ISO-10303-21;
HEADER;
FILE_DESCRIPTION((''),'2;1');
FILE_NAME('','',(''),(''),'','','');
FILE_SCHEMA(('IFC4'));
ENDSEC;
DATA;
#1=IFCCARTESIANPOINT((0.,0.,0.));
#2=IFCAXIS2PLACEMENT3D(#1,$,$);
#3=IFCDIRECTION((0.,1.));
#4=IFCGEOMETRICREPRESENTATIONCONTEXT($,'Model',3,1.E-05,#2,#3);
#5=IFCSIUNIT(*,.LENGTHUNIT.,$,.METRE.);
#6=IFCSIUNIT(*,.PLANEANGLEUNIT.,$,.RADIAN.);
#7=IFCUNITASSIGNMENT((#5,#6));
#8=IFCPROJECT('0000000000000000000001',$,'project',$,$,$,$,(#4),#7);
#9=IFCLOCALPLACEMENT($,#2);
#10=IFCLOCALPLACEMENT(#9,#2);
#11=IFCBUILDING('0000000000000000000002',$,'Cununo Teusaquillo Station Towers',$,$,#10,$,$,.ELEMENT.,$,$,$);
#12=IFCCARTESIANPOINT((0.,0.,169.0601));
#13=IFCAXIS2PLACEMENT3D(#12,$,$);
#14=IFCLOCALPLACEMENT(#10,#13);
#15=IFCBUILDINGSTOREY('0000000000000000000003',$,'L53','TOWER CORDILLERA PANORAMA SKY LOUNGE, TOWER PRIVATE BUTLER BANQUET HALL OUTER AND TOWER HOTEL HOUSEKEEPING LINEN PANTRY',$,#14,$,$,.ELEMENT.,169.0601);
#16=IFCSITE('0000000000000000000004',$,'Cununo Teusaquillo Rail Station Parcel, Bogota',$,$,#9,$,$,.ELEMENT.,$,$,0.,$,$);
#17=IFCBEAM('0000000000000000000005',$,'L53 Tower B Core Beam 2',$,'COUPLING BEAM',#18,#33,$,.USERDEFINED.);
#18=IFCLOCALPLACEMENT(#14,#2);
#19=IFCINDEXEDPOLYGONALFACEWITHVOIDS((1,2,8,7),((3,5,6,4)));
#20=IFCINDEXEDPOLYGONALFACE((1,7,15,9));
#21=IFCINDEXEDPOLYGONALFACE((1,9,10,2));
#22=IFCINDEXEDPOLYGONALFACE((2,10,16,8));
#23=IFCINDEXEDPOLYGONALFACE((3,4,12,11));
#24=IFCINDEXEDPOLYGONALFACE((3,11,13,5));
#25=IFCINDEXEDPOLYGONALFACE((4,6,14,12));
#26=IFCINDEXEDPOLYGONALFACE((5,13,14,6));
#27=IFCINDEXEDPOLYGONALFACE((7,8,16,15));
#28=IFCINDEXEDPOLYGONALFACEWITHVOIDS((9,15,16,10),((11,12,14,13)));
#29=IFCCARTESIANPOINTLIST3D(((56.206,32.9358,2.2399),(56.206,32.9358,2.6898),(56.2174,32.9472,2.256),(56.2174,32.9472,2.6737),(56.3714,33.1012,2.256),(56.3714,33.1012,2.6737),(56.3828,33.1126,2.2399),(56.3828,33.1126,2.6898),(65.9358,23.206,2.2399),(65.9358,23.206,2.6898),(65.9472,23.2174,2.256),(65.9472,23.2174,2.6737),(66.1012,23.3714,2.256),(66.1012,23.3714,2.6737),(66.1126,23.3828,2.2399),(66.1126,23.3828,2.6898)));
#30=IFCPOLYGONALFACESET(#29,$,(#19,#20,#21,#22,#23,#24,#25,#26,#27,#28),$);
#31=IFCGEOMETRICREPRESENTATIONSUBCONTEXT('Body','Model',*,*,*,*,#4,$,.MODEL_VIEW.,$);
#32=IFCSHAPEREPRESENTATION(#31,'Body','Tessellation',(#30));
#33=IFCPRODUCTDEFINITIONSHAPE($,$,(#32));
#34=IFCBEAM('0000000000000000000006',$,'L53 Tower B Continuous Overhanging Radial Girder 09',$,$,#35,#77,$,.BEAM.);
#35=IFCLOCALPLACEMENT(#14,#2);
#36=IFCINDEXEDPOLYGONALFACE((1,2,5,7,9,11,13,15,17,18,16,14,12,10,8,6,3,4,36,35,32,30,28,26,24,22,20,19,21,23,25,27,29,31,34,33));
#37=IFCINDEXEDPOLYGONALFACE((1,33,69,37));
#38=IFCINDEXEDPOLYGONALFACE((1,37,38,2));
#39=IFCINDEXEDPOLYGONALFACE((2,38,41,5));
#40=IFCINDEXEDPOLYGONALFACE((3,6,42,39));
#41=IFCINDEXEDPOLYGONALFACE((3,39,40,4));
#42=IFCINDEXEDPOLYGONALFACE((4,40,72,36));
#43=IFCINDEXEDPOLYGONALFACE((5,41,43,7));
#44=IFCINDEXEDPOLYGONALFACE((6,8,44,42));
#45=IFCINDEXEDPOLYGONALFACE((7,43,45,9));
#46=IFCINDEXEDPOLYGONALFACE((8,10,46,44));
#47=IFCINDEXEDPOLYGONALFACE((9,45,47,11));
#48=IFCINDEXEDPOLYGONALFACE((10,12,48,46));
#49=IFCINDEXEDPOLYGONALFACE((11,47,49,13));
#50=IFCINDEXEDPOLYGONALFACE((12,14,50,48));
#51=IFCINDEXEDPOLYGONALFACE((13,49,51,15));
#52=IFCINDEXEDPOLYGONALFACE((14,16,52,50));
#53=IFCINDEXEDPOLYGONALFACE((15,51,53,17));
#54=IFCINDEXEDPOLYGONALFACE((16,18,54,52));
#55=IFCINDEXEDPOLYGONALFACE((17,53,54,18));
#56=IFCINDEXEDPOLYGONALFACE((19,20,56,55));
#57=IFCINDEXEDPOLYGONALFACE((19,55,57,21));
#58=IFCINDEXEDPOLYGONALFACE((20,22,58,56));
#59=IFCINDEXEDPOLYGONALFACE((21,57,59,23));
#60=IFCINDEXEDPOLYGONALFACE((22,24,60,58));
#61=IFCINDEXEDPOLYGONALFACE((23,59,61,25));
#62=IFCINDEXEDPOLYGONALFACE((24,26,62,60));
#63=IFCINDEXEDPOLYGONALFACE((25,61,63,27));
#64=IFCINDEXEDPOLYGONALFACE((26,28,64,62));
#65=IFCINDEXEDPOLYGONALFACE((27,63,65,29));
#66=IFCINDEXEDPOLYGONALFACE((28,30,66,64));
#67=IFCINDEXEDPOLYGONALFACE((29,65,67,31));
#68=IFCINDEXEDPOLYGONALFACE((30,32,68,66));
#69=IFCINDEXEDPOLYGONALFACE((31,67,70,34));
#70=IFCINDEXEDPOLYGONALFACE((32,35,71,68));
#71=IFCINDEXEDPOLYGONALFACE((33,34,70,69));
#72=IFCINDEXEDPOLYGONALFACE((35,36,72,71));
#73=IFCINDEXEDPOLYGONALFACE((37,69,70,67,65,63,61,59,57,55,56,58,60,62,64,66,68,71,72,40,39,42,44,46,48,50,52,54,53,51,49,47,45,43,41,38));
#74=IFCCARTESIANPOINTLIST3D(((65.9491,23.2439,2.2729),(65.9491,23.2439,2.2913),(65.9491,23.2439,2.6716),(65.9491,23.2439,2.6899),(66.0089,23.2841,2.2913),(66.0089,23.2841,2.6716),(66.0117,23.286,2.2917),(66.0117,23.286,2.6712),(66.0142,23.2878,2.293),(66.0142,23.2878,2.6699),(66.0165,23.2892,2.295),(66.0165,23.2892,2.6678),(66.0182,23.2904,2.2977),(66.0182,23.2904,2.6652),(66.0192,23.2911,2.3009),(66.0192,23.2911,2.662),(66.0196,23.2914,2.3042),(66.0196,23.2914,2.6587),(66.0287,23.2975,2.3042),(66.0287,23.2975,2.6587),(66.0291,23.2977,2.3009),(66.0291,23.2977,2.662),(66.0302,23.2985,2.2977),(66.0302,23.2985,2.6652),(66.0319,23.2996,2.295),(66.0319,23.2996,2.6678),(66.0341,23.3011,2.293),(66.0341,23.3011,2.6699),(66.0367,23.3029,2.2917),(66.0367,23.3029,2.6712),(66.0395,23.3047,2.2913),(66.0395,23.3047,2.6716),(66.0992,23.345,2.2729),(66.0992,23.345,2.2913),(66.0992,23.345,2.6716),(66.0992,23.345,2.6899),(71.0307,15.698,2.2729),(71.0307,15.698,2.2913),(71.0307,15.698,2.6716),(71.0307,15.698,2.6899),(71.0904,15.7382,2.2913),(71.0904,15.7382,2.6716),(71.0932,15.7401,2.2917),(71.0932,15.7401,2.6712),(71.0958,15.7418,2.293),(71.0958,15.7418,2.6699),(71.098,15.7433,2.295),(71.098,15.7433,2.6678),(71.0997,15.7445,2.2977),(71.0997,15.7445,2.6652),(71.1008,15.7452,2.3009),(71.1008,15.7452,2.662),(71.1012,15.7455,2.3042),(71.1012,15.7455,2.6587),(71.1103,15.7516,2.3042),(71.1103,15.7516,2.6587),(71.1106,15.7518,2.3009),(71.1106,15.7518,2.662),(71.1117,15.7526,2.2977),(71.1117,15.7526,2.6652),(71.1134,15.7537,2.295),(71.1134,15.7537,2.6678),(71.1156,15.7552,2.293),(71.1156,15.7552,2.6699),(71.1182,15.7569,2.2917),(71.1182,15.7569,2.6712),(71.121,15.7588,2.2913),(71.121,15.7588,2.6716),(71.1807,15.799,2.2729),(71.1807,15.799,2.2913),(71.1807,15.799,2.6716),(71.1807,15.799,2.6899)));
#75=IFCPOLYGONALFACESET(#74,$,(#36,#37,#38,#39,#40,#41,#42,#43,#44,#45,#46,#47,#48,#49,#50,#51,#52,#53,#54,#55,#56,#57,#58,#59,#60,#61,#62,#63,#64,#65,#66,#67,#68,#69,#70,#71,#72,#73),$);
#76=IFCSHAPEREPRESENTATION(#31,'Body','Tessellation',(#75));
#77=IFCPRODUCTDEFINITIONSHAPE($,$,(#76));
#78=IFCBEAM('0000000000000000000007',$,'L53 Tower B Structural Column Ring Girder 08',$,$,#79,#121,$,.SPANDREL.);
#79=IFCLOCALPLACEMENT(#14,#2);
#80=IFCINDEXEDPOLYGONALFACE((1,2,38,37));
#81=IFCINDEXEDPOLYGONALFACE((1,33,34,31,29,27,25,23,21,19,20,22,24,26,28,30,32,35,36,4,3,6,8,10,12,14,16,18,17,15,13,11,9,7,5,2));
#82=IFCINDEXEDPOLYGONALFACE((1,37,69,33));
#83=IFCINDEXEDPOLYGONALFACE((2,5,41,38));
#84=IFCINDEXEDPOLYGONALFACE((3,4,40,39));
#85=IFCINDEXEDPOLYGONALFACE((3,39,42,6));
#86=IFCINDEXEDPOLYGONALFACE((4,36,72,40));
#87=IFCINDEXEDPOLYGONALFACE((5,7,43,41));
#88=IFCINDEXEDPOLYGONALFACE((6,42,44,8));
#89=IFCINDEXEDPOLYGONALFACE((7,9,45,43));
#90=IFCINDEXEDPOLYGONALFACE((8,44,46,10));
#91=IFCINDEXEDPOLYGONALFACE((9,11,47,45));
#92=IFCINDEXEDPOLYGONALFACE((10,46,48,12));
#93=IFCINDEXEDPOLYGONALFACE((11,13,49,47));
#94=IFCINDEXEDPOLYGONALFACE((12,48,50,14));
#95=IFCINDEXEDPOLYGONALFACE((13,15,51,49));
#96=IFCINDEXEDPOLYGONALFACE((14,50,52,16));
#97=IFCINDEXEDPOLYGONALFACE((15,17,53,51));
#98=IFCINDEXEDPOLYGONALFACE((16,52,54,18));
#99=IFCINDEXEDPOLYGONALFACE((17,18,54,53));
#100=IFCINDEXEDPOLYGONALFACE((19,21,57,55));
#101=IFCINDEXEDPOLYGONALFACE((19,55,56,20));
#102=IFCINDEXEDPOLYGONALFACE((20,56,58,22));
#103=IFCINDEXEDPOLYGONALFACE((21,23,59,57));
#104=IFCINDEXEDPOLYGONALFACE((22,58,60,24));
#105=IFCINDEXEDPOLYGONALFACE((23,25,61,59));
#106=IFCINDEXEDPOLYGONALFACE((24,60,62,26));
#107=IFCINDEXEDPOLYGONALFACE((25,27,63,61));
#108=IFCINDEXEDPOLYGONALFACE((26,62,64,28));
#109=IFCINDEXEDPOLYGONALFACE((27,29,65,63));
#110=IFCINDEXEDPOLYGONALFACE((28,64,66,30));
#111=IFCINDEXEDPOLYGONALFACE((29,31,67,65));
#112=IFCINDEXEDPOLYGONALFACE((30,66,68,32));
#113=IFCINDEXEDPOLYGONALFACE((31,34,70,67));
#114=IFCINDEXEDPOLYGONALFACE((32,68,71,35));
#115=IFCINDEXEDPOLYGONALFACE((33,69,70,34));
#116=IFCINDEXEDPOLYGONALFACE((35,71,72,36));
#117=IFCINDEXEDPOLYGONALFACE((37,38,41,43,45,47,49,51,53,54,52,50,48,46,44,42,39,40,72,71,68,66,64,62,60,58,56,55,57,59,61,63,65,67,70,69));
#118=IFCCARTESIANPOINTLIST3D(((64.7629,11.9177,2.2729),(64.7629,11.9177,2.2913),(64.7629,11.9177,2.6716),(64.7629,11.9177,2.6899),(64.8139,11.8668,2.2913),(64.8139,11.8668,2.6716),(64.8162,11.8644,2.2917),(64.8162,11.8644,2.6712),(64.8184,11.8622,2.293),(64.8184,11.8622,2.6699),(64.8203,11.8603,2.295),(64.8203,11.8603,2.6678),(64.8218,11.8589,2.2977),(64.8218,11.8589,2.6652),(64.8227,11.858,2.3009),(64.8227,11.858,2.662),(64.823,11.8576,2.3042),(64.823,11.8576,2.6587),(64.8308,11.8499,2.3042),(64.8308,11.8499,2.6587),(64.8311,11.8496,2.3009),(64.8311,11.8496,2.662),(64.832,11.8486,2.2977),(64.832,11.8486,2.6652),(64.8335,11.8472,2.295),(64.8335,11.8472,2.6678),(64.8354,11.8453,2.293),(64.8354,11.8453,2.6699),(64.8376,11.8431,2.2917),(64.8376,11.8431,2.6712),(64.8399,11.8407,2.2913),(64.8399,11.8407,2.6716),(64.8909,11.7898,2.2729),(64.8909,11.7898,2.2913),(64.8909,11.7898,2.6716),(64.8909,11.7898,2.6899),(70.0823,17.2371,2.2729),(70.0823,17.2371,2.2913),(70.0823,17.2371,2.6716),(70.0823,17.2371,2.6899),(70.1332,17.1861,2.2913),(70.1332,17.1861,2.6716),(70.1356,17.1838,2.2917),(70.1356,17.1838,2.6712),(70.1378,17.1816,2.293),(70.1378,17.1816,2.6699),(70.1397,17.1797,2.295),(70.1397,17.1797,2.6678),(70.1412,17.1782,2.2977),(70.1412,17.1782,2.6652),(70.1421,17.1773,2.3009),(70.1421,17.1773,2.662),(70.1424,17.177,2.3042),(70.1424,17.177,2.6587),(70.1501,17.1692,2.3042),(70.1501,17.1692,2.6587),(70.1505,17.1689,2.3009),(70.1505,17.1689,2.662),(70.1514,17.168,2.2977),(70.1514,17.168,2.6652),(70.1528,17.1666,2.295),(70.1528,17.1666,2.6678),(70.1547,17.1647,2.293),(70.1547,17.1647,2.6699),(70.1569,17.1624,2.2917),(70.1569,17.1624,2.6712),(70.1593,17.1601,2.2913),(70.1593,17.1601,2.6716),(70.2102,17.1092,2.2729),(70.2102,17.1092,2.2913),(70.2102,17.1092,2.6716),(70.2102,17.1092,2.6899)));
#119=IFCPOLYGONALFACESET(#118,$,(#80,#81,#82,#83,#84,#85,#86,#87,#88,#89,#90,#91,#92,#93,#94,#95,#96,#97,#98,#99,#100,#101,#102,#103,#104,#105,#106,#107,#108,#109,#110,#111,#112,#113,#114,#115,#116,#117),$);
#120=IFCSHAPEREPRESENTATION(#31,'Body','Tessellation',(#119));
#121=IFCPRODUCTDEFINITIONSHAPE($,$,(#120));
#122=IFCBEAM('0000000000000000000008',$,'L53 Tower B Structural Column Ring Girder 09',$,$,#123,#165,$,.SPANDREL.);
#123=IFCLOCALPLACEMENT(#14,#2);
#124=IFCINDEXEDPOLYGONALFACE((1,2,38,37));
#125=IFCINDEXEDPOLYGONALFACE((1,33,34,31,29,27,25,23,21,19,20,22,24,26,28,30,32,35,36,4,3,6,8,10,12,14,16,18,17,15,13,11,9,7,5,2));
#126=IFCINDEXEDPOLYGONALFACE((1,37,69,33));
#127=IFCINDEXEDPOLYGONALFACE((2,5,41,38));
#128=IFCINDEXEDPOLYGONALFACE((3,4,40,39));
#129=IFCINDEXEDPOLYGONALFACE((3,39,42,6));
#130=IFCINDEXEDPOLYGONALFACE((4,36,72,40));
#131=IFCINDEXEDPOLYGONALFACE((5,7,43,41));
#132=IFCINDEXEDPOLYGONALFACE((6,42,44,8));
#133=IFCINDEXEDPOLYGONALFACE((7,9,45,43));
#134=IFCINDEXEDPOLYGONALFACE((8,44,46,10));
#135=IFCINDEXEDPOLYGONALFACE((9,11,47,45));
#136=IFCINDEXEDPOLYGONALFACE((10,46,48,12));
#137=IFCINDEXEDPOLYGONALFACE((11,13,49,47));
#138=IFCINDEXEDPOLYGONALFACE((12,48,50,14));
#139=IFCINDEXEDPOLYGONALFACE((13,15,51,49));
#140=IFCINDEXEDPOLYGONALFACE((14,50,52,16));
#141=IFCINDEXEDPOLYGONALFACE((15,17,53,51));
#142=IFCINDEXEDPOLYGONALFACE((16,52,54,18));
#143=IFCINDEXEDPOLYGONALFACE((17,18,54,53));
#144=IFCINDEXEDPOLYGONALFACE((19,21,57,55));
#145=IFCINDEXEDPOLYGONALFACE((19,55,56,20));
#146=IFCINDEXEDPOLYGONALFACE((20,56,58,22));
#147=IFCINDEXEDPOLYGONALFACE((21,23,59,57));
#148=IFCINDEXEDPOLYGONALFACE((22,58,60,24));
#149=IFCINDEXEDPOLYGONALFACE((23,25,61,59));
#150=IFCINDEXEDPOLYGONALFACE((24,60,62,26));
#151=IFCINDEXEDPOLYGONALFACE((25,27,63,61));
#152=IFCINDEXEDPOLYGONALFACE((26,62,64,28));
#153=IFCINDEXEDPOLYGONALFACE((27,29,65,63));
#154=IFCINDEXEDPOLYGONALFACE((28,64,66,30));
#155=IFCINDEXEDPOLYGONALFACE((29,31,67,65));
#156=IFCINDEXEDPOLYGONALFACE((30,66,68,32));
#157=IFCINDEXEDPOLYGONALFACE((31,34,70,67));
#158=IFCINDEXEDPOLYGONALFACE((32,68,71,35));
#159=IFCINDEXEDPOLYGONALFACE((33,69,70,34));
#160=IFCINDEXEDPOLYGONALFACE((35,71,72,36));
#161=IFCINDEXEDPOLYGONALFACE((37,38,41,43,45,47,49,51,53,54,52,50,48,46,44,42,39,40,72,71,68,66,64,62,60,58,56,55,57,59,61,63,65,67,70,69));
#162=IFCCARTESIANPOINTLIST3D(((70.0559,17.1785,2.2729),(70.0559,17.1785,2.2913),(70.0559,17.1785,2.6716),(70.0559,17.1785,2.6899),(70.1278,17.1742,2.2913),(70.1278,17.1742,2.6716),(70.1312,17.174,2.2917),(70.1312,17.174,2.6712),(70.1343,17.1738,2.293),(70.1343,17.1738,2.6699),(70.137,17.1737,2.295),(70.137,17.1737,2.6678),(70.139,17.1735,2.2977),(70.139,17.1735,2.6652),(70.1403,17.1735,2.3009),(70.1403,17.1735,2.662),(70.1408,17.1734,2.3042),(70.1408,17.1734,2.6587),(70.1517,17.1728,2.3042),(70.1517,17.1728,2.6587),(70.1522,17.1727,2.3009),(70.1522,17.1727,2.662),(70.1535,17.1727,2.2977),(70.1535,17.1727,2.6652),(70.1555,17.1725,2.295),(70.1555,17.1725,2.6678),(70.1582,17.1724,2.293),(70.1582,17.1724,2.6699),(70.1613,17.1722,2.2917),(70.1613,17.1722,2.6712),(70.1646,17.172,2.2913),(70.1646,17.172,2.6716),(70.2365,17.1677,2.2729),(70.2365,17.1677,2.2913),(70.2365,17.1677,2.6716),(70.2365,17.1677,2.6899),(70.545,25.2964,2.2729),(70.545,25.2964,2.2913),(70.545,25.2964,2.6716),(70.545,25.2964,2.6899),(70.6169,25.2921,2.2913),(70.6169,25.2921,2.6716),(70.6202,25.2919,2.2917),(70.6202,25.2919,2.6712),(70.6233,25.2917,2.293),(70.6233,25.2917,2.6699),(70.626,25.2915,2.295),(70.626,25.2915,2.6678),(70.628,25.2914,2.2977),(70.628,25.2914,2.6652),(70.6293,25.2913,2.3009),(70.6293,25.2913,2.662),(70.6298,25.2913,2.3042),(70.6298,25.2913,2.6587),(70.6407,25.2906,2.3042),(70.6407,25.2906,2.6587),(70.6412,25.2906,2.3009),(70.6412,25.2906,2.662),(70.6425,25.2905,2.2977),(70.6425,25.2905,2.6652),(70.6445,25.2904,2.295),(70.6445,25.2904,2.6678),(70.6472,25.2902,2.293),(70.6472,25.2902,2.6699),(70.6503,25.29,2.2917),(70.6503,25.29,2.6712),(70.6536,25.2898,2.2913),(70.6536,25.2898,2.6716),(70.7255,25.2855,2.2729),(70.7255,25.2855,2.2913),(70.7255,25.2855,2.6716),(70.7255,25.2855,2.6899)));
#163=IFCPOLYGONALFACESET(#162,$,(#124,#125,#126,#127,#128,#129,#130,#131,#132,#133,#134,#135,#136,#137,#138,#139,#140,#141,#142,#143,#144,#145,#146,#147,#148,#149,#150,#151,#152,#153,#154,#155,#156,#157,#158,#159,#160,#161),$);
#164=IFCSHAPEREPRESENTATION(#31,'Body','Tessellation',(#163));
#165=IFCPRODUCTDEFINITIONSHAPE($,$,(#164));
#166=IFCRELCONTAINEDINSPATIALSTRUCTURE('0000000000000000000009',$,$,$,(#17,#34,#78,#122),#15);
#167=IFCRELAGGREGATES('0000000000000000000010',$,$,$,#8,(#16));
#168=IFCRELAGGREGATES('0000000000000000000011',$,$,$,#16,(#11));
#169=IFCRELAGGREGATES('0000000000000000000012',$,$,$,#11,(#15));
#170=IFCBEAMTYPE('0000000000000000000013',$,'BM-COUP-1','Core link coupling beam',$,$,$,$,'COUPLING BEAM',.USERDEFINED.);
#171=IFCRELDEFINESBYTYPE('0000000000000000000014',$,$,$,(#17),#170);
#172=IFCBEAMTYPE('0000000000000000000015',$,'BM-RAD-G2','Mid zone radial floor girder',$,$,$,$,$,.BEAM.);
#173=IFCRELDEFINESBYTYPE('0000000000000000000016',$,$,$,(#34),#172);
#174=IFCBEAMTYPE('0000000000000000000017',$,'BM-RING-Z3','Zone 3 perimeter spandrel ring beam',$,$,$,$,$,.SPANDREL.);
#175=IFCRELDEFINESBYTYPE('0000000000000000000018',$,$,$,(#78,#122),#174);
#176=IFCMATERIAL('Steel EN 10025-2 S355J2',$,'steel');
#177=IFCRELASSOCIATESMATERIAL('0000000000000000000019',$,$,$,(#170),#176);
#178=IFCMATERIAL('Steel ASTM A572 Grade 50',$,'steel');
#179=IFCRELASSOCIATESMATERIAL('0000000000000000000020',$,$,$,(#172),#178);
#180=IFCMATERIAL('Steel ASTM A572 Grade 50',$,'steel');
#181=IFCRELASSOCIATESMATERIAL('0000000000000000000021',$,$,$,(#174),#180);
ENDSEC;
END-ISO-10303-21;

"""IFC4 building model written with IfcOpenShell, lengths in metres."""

from ifc_helpers import new_model, si_unit, direction, frame, origin, origin_2d, place, context, subcontext, project, spatial, hollow_rectangle, i_section, extrude, material, material_profile, profile_set, type_object, element, save


model = new_model("IFC4")

# Units and contexts
model_context = context("Model", 3, precision=1e-05, world=origin(), true_north=direction((0.0, 1.0)))
body_context = subcontext(model_context, "Body", "Model", "MODEL_VIEW")
ifc_project = project(units=[si_unit("LENGTHUNIT", "METRE"), si_unit("PLANEANGLEUNIT", "RADIAN")], contexts=[model_context])

# Site, building, storey
site_placement = place(None, origin())
site = spatial("IfcSite", under=ifc_project, at=site_placement, Name="Cununo Teusaquillo Rail Station Parcel, Bogota", CompositionType="ELEMENT", RefElevation=0.0)
building_placement = place(site_placement, origin())
building = spatial("IfcBuilding", under=site, at=building_placement, Name="Cununo Teusaquillo Station Towers", CompositionType="ELEMENT")
storey_placement = place(building_placement, frame((0.0, 0.0, 169.0601)))
storey = spatial("IfcBuildingStorey", under=building, at=storey_placement, Name="L53", Description="TOWER CORDILLERA PANORAMA SKY LOUNGE, TOWER PRIVATE BUTLER BANQUET HALL OUTER AND TOWER HOTEL HOUSEKEEPING LINEN PANTRY", CompositionType="ELEMENT", Elevation=169.0601)

# Beams
ifc_material_1 = material(Name="Steel EN 10025-2 S355J2", Category="steel")
ifc_material_profile_1 = material_profile(ifc_material_1, hollow_rectangle(XDim=0.25, YDim=0.45, WallThickness=0.0161, at=origin_2d()), Name="RHS 450x250x16")
ifc_profile_set_1 = profile_set([ifc_material_profile_1], Name="Steel EN 10025-2 S355J2")
beam_type_1 = type_object("IfcBeamType", Name="BM-COUP-1", Description="Core link coupling beam", ElementType="COUPLING BEAM", PredefinedType="USERDEFINED", material=ifc_profile_set_1)
beam_1_placement = place(storey_placement, frame((66.0242, 23.2944, 2.4648), z_axis=(-0.707107, 0.707107, 0.0), x_axis=(-0.707107, -0.707107, 0.0)))
element("IfcBeam", 1, at=beam_1_placement, inside=storey, type_object=beam_type_1, Name="L53 Tower B Core Beam 2", ObjectType="COUPLING BEAM", PredefinedType="USERDEFINED", context=body_context, shape_type="SweptSolid", body=[
    extrude(hollow_rectangle(XDim=0.25, YDim=0.45, WallThickness=0.0161, at=origin_2d()), origin(), (0.0, 0.0, 1.0), 13.76),
])
ifc_material_2 = material(Name="Steel ASTM A572 Grade 50", Category="steel")
ifc_material_profile_2 = material_profile(ifc_material_2, i_section(OverallWidth=0.1809, OverallDepth=0.417, WebThickness=0.011, FlangeThickness=0.0183, FilletRadius=0.0129, at=origin_2d()), Name="W16X57")
ifc_profile_set_2 = profile_set([ifc_material_profile_2], Name="Steel ASTM A572 Grade 50")
beam_type_2 = type_object("IfcBeamType", Name="BM-RAD-G2", Description="Mid zone radial floor girder", PredefinedType="BEAM", material=ifc_profile_set_2)
beam_2_placement = place(storey_placement, frame((66.0242, 23.2944, 2.4814), z_axis=(0.558571, -0.829457, 0.0), x_axis=(0.829457, 0.558571, 0.0)))
element("IfcBeam", 2, at=beam_2_placement, inside=storey, type_object=beam_type_2, Name="L53 Tower B Continuous Overhanging Radial Girder 09", PredefinedType="BEAM", context=body_context, shape_type="SweptSolid", body=[
    extrude(i_section(OverallWidth=0.1809, OverallDepth=0.417, WebThickness=0.011, FlangeThickness=0.0183, FilletRadius=0.0129, at=origin_2d()), origin(), (0.0, 0.0, 1.0), 9.0974),
])
ifc_material_3 = material(Name="Steel ASTM A572 Grade 50", Category="steel")
ifc_material_profile_3 = material_profile(ifc_material_3, i_section(OverallWidth=0.1809, OverallDepth=0.417, WebThickness=0.011, FlangeThickness=0.0183, FilletRadius=0.0129, at=origin_2d()), Name="W16X57")
ifc_profile_set_3 = profile_set([ifc_material_profile_3], Name="Steel ASTM A572 Grade 50")
beam_type_3 = type_object("IfcBeamType", Name="BM-RING-Z3", Description="Zone 3 perimeter spandrel ring beam", PredefinedType="SPANDREL", material=ifc_profile_set_3)
beam_3_placement = place(storey_placement, frame((64.8269, 11.8538, 2.4814), z_axis=(0.707107, 0.707107, 0.0), x_axis=(-0.707107, 0.707107, 0.0)))
element("IfcBeam", 3, at=beam_3_placement, inside=storey, type_object=beam_type_3, Name="L53 Tower B Structural Column Ring Girder 08", PredefinedType="SPANDREL", context=body_context, shape_type="SweptSolid", body=[
    extrude(i_section(OverallWidth=0.1809, OverallDepth=0.417, WebThickness=0.011, FlangeThickness=0.0183, FilletRadius=0.0129, at=origin_2d()), origin(), (0.0, 0.0, 1.0), 7.5227),
])
beam_4_placement = place(storey_placement, frame((70.1462, 17.1731, 2.4814), z_axis=(0.06013, 0.998191, 0.0), x_axis=(-0.998191, 0.06013, 0.0)))
element("IfcBeam", 4, at=beam_4_placement, inside=storey, type_object=beam_type_3, Name="L53 Tower B Structural Column Ring Girder 09", PredefinedType="SPANDREL", context=body_context, shape_type="SweptSolid", body=[
    extrude(i_section(OverallWidth=0.1809, OverallDepth=0.417, WebThickness=0.011, FlangeThickness=0.0183, FilletRadius=0.0129, at=origin_2d()), origin(), (0.0, 0.0, 1.0), 8.1326),
])

save(model, "model.ifc")
